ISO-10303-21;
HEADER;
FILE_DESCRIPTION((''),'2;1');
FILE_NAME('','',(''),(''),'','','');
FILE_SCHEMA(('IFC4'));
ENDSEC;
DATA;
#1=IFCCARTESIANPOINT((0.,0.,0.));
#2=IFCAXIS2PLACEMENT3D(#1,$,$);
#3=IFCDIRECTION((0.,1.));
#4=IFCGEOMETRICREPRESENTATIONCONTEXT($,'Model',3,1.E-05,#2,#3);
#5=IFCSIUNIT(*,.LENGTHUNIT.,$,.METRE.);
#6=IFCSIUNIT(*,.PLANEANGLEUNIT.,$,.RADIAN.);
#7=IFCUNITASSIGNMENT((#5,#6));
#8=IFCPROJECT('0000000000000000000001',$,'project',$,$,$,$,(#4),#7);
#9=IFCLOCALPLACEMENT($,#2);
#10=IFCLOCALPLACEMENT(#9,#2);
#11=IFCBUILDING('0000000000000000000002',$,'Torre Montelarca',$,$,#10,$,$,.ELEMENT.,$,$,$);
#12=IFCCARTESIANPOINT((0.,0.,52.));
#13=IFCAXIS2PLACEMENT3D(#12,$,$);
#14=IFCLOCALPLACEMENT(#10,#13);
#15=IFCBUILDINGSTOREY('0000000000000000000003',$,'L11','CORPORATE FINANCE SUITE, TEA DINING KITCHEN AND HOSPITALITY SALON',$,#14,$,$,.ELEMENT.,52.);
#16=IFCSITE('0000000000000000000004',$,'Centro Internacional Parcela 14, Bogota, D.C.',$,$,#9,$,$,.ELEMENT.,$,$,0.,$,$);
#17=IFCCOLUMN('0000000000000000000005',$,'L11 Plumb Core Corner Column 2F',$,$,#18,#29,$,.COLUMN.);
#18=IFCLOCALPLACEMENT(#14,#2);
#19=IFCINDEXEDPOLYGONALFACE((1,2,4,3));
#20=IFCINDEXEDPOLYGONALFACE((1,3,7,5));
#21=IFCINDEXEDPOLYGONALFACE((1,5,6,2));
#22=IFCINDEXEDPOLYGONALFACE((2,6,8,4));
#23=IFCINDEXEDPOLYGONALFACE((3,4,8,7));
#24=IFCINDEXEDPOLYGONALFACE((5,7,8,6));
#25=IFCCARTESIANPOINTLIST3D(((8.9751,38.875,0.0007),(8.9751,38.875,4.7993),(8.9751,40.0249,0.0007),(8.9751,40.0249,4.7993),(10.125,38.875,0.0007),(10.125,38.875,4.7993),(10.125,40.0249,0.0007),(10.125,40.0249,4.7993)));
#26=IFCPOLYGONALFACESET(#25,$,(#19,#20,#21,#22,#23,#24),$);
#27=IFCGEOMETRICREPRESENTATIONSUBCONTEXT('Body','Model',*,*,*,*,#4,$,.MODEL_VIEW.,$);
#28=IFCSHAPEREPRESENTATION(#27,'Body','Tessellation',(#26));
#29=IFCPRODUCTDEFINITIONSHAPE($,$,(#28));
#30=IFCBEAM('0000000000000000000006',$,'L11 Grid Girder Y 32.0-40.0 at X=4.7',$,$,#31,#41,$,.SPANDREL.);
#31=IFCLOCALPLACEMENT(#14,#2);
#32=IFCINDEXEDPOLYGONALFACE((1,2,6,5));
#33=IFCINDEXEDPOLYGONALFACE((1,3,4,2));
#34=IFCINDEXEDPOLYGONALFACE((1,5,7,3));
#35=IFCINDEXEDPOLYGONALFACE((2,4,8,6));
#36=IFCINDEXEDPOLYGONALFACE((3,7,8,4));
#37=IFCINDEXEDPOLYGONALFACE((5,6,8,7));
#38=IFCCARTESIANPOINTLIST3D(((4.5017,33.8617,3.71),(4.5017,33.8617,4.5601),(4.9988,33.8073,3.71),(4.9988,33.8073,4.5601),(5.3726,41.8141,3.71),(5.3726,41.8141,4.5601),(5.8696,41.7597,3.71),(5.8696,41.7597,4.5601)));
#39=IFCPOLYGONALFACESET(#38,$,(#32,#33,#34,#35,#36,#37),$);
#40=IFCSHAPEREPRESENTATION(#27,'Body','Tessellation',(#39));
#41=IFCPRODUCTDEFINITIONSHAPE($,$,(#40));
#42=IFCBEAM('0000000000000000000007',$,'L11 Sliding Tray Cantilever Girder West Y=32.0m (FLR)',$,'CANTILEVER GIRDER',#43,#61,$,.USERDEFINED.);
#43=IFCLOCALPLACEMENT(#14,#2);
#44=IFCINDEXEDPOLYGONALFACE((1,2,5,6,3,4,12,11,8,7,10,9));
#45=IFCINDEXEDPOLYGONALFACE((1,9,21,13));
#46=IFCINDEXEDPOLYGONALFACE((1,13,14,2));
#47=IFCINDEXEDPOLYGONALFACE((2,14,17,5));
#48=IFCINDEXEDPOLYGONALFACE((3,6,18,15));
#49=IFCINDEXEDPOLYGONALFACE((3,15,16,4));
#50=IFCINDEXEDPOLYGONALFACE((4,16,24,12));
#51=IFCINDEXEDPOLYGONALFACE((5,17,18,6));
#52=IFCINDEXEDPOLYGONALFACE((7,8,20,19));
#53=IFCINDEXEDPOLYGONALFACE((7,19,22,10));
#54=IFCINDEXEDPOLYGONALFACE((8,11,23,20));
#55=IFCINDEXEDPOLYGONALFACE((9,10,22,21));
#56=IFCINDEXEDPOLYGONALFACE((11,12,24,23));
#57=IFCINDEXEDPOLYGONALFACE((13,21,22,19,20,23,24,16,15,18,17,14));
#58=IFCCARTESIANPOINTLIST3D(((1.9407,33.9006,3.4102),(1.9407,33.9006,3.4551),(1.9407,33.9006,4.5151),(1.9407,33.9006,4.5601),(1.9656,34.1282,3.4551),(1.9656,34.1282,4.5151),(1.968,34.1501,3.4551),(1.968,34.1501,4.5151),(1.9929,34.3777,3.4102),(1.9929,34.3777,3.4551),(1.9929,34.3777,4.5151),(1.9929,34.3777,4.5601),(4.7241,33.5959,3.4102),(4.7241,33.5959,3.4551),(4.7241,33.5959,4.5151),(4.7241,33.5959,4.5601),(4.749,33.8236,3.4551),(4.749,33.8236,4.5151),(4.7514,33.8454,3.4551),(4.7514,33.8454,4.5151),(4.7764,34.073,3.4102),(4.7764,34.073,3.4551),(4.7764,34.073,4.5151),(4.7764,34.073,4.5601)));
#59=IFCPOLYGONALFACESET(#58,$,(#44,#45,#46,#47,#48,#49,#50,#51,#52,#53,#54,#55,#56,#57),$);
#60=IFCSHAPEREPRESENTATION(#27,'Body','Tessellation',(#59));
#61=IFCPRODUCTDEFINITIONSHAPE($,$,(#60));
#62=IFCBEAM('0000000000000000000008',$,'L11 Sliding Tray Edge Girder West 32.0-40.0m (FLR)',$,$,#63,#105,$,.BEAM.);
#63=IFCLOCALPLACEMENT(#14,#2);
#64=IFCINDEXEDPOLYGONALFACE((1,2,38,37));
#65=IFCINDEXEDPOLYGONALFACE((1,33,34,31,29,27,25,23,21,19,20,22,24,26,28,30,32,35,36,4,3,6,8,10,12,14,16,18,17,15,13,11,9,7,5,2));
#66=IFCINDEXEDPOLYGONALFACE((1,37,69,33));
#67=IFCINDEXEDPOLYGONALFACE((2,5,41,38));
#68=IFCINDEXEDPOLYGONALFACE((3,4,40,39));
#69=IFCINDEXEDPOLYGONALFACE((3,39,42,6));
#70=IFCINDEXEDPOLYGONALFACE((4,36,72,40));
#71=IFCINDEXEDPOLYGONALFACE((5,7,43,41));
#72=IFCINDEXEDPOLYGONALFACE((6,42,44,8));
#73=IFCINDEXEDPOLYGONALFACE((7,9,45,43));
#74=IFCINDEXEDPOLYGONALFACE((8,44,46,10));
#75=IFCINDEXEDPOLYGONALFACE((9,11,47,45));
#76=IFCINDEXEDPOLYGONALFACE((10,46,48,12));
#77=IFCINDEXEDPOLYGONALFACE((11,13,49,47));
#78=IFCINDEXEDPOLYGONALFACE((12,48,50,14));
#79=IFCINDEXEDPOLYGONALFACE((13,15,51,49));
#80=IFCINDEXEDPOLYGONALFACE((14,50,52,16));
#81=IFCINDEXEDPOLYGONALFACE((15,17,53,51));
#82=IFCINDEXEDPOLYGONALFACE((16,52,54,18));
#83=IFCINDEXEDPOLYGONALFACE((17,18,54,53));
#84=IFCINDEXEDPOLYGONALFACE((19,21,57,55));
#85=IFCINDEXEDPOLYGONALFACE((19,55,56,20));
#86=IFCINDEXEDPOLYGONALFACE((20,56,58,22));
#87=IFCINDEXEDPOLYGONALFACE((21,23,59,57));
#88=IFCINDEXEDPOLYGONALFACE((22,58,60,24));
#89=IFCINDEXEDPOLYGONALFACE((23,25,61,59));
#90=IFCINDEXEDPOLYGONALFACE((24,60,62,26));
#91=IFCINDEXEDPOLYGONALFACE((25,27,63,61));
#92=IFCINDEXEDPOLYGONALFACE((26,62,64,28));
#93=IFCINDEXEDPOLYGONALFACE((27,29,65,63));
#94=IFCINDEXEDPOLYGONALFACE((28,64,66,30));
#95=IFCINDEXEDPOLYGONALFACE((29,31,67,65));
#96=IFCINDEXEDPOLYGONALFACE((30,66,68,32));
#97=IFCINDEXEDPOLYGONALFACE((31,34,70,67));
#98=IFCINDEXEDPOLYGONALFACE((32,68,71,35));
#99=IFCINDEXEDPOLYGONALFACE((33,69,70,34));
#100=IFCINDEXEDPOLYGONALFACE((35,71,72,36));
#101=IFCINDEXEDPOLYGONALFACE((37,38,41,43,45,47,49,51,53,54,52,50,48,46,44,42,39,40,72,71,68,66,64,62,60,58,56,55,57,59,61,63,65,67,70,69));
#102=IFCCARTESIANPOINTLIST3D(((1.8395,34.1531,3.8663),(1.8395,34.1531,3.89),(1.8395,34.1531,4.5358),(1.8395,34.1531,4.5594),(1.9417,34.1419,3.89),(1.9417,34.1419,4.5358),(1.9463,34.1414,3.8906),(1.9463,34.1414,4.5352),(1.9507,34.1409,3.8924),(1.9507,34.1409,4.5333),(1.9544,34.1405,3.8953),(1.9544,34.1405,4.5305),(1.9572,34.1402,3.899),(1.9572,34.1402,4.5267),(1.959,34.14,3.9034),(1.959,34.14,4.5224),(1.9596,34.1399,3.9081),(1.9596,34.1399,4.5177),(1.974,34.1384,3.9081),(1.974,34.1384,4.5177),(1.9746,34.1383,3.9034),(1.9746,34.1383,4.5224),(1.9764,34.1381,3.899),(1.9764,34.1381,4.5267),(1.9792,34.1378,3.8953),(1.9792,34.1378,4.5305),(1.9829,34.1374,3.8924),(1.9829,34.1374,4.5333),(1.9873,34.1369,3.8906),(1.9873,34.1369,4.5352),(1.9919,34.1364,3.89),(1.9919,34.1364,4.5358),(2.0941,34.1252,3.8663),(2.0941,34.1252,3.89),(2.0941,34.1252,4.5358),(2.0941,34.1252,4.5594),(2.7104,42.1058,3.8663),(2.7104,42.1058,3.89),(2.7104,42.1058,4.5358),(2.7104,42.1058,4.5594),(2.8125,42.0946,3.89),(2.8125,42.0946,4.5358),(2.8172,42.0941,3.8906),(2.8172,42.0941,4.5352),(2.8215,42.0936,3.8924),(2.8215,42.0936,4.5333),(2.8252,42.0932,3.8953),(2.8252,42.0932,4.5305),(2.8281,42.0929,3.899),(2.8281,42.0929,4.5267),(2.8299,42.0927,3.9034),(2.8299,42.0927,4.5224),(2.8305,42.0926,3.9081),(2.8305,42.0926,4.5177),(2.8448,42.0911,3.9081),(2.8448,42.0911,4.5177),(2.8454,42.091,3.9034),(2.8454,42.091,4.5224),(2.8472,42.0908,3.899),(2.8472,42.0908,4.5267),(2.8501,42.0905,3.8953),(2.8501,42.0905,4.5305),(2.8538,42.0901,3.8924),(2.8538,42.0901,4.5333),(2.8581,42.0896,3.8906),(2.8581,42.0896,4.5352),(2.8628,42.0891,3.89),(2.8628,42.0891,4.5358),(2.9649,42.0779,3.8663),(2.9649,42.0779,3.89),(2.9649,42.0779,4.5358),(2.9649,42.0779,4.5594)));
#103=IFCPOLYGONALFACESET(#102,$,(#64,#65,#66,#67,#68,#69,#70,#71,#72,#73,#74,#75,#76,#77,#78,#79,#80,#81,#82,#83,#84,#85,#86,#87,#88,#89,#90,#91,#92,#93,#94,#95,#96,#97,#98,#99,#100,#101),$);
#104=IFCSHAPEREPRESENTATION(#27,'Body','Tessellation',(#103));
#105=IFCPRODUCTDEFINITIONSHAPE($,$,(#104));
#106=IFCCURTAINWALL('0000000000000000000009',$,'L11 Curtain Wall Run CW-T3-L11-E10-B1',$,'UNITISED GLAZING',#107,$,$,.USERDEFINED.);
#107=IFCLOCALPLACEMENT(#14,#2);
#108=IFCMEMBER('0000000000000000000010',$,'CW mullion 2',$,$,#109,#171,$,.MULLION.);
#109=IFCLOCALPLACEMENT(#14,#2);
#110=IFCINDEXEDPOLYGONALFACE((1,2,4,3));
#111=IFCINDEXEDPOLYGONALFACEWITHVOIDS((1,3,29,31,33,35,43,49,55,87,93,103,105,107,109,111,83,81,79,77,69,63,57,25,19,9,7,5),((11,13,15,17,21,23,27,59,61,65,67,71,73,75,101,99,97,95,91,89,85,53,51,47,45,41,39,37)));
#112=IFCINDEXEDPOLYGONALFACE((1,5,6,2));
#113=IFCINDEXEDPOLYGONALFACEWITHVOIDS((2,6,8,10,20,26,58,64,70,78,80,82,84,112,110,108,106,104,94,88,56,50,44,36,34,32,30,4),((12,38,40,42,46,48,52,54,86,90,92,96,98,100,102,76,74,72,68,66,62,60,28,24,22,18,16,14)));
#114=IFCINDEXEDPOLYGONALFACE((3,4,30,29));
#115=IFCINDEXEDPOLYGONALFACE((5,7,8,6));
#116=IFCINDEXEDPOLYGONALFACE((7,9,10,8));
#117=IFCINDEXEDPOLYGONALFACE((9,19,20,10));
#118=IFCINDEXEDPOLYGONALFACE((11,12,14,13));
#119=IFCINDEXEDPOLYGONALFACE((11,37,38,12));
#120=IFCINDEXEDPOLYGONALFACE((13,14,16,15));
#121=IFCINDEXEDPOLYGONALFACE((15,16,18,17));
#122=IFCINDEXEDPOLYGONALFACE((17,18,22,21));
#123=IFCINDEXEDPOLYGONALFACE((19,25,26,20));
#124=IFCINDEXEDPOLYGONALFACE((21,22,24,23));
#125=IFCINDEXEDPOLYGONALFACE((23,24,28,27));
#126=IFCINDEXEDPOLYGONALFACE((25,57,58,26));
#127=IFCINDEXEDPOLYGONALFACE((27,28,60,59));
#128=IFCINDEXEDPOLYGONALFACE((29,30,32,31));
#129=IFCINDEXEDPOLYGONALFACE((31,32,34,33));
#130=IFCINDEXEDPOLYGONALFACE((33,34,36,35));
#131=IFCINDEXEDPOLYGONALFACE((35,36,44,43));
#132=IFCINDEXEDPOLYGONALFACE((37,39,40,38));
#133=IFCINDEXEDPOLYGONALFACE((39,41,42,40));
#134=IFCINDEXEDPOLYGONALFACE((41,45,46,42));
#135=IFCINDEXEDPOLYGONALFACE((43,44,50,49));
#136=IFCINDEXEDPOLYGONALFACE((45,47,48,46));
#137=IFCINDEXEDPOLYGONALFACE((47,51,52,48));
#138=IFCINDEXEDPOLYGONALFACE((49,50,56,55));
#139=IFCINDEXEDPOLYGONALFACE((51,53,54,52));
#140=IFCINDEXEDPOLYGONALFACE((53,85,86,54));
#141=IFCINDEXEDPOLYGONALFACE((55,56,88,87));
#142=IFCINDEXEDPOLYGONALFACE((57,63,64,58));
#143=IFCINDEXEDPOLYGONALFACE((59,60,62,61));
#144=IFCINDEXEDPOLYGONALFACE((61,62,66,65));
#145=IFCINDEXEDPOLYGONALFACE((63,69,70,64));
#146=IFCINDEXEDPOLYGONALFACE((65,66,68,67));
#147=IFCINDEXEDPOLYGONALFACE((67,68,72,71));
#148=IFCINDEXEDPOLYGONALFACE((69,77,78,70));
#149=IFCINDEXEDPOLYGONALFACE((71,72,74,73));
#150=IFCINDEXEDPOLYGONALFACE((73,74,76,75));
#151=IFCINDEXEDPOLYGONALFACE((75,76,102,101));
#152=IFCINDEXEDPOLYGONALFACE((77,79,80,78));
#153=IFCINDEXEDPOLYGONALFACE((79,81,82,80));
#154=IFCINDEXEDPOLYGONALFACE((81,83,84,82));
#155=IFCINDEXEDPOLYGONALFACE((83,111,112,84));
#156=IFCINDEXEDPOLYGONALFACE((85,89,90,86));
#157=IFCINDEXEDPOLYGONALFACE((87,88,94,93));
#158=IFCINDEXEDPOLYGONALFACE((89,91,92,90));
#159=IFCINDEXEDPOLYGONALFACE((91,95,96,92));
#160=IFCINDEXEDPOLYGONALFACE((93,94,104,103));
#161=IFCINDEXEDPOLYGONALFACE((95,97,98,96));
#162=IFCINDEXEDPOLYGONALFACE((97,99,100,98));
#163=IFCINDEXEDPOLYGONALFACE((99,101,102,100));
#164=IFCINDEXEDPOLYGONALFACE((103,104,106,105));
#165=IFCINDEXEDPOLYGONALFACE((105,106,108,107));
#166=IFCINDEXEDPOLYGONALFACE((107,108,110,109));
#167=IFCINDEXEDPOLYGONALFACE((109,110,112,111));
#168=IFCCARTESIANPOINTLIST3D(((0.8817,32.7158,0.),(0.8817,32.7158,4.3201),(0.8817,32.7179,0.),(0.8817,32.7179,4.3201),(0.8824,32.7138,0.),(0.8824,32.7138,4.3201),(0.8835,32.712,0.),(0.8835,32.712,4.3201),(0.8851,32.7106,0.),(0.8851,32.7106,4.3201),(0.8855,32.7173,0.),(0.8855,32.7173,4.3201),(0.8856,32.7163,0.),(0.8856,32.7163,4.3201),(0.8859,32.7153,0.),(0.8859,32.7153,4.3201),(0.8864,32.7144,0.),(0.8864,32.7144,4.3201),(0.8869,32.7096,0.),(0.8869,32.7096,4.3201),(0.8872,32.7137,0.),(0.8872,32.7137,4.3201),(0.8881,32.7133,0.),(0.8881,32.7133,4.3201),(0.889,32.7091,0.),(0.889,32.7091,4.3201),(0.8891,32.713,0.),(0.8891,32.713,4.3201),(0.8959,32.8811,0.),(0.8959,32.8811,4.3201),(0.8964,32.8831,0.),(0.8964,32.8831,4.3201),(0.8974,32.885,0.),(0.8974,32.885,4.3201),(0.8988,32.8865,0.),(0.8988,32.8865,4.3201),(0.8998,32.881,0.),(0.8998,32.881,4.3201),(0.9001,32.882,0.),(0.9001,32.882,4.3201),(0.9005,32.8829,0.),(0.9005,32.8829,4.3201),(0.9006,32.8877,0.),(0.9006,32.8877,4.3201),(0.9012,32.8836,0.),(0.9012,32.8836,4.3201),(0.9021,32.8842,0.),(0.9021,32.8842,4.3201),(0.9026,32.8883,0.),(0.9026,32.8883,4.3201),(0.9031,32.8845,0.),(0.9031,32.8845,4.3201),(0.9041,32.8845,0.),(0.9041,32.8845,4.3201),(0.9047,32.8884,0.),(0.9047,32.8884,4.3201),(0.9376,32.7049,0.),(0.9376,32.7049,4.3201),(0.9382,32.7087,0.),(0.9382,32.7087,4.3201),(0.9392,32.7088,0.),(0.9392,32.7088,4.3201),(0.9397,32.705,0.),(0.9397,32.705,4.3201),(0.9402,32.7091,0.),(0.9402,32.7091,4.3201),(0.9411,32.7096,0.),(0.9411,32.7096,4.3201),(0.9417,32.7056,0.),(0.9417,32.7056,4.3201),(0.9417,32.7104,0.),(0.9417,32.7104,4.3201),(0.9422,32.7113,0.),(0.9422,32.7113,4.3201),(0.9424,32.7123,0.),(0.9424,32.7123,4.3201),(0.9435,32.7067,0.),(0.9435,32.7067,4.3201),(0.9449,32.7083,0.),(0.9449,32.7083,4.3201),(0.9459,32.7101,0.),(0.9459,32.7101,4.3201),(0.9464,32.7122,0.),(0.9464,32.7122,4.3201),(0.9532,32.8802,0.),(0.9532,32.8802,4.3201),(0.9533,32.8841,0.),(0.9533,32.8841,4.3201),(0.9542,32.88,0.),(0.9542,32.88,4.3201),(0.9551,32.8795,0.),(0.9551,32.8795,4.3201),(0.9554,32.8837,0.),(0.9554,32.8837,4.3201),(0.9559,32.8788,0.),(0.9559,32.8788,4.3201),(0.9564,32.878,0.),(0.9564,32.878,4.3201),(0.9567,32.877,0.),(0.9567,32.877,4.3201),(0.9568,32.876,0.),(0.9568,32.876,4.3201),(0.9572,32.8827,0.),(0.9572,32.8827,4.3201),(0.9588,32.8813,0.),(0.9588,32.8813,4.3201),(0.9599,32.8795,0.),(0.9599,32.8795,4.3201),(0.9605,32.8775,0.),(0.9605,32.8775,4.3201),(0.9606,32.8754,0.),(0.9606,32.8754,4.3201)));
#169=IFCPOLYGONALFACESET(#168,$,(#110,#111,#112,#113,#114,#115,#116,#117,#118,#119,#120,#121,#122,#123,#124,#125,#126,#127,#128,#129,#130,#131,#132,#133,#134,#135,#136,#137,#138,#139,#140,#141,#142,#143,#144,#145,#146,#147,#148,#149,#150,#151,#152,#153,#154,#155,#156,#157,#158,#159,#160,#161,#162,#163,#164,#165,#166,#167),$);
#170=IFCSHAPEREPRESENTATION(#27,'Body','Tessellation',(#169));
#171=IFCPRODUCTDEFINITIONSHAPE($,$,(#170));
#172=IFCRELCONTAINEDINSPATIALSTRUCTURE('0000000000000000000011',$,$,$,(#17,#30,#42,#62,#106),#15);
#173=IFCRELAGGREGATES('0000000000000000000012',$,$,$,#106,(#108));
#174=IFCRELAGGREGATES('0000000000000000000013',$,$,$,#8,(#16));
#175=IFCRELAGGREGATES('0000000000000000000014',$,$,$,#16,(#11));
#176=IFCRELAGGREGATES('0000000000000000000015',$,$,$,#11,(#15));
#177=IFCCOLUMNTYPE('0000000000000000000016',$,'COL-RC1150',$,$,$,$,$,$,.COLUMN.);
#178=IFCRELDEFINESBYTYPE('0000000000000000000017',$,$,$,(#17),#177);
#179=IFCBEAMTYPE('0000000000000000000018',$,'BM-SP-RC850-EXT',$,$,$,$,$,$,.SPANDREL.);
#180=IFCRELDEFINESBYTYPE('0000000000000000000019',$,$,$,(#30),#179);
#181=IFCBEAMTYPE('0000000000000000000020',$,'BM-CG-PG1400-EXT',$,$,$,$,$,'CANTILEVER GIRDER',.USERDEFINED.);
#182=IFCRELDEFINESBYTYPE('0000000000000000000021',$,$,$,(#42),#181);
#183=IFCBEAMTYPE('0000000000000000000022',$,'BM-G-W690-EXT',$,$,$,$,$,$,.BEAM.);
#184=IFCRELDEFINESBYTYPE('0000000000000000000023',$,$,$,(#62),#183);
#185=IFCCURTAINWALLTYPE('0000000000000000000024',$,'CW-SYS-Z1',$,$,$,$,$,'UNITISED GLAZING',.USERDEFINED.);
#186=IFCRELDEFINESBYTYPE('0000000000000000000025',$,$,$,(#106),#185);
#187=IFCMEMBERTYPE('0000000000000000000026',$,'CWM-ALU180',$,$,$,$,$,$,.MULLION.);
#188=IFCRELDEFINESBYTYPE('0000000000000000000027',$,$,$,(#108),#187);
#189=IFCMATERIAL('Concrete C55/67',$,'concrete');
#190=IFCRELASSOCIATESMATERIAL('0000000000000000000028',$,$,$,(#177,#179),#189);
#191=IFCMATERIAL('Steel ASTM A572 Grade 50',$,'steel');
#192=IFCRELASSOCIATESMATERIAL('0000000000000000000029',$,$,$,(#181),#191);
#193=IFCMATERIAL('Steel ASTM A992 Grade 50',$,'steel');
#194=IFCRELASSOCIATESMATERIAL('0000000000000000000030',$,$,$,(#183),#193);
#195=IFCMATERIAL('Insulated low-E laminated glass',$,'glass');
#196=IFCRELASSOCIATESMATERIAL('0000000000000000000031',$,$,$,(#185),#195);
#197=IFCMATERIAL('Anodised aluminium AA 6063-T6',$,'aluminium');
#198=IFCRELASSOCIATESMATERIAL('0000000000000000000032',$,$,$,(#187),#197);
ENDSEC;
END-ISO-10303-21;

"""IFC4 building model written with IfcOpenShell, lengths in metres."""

from ifc_helpers import new_model, si_unit, direction, frame, origin, origin_2d, place, context, subcontext, project, spatial, rectangle, hollow_rectangle, i_section, extrude, source, transform, mapped, material, material_profile, profile_set, type_object, element, aggregate, save


model = new_model("IFC4")

# Units and contexts
model_context = context("Model", 3, precision=1e-05, world=origin(), true_north=direction((0.0, 1.0)))
body_context = subcontext(model_context, "Body", "Model", "MODEL_VIEW")
ifc_project = project(units=[si_unit("LENGTHUNIT", "METRE"), si_unit("PLANEANGLEUNIT", "RADIAN")], contexts=[model_context])

# Site, building, storey
site_placement = place(None, origin())
site = spatial("IfcSite", under=ifc_project, at=site_placement, Name="Centro Internacional Parcela 14, Bogota, D.C.", CompositionType="ELEMENT", RefElevation=0.0)
building_placement = place(site_placement, origin())
building = spatial("IfcBuilding", under=site, at=building_placement, Name="Torre Montelarca", CompositionType="ELEMENT")
storey_placement = place(building_placement, frame((0.0, 0.0, 52.0)))
storey = spatial("IfcBuildingStorey", under=building, at=storey_placement, Name="L11", Description="CORPORATE FINANCE SUITE, TEA DINING KITCHEN AND HOSPITALITY SALON", CompositionType="ELEMENT", Elevation=52.0)

# Column
ifc_material_1 = material(Name="Concrete C55/67", Category="concrete")
ifc_material_profile_1 = material_profile(ifc_material_1, rectangle(XDim=1.1499, YDim=1.1499, at=origin_2d()), Name="RC1150X1150", Category="concrete")
ifc_profile_set_1 = profile_set([ifc_material_profile_1], Name="Concrete C55/67")
column_type_1 = type_object("IfcColumnType", Name="COL-RC1150", PredefinedType="COLUMN", material=ifc_profile_set_1)
shared_shape_1 = source(origin(), body_context, "Body", "SweptSolid", [
    extrude(rectangle(XDim=1.1499, YDim=1.1499, at=origin_2d()), origin(), (0.0, 0.0, 1.0), 4.7986),
])
column_1_placement = place(storey_placement, frame((9.55, 39.45, 0.0007), z_axis=(0.0, 0.0, 1.0), x_axis=(1.0, 0.0, 0.0)))
element("IfcColumn", 1, at=column_1_placement, inside=storey, type_object=column_type_1, Name="L11 Plumb Core Corner Column 2F", PredefinedType="COLUMN", context=body_context, shape_type="MappedRepresentation", body=[
    mapped(shared_shape_1, transform((0.0, 0.0, 0.0), scale=1.0)),
])

# Beams
ifc_material_profile_2 = material_profile(ifc_material_1, rectangle(XDim=0.5, YDim=0.8501, at=origin_2d()), Name="RCB500X850", Category="concrete")
ifc_profile_set_2 = profile_set([ifc_material_profile_2], Name="Concrete C55/67")
beam_type_1 = type_object("IfcBeamType", Name="BM-SP-RC850-EXT", PredefinedType="SPANDREL", material=ifc_profile_set_2)
shared_shape_2 = source(origin(), body_context, "Body", "SweptSolid", [
    extrude(rectangle(XDim=0.5, YDim=0.8501, at=origin_2d()), origin(), (0.0, 0.0, 1.0), 8.0),
])
beam_1_placement = place(storey_placement, frame((4.7502, 33.8345, 4.135), z_axis=(0.108857, 0.994057, 0.0), x_axis=(-0.994057, 0.108857, 0.0)))
element("IfcBeam", 2, at=beam_1_placement, inside=storey, type_object=beam_type_1, Name="L11 Grid Girder Y 32.0-40.0 at X=4.7", PredefinedType="SPANDREL", context=body_context, shape_type="MappedRepresentation", body=[
    mapped(shared_shape_2, transform((0.0, 0.0, 0.0), scale=1.0)),
])
ifc_material_2 = material(Name="Steel ASTM A572 Grade 50", Category="steel")
ifc_material_profile_3 = material_profile(ifc_material_2, i_section(OverallWidth=0.48, OverallDepth=1.1499, WebThickness=0.022, FlangeThickness=0.0449, at=origin_2d()), Name="PG1150X480X22X45", Category="steel")
ifc_profile_set_3 = profile_set([ifc_material_profile_3], Name="Steel ASTM A572 Grade 50")
beam_type_2 = type_object("IfcBeamType", Name="BM-CG-PG1400-EXT", ElementType="CANTILEVER GIRDER", PredefinedType="USERDEFINED", material=ifc_profile_set_3)
shared_shape_3 = source(origin(), body_context, "Body", "SweptSolid", [
    extrude(i_section(OverallWidth=0.48, OverallDepth=1.1499, WebThickness=0.022, FlangeThickness=0.0449, at=origin_2d()), origin(), (0.0, 0.0, 1.0), 2.8),
])
beam_2_placement = place(storey_placement, frame((4.7502, 33.8345, 3.9851), z_axis=(-0.994062, 0.108814, 0.0), x_axis=(-0.108814, -0.994062, 0.0)))
element("IfcBeam", 3, at=beam_2_placement, inside=storey, type_object=beam_type_2, Name="L11 Sliding Tray Cantilever Girder West Y=32.0m (FLR)", ObjectType="CANTILEVER GIRDER", PredefinedType="USERDEFINED", context=body_context, shape_type="MappedRepresentation", body=[
    mapped(shared_shape_3, transform((0.0, 0.0, 0.0), scale=1.0)),
])
ifc_material_3 = material(Name="Steel ASTM A992 Grade 50", Category="steel")
ifc_material_profile_4 = material_profile(ifc_material_3, i_section(OverallWidth=0.2561, OverallDepth=0.6931, WebThickness=0.0144, FlangeThickness=0.0237, FilletRadius=0.0181, at=origin_2d()), Name="W690X170", Category="steel")
ifc_profile_set_4 = profile_set([ifc_material_profile_4], Name="Steel ASTM A992 Grade 50")
beam_type_3 = type_object("IfcBeamType", Name="BM-G-W690-EXT", PredefinedType="BEAM", material=ifc_profile_set_4)
shared_shape_4 = source(origin(), body_context, "Body", "SweptSolid", [
    extrude(i_section(OverallWidth=0.2561, OverallDepth=0.6931, WebThickness=0.0144, FlangeThickness=0.0237, FilletRadius=0.0181, at=origin_2d()), origin(), (0.0, 0.0, 1.0), 8.0002),
])
beam_3_placement = place(storey_placement, frame((1.9668, 34.1392, 4.2129), z_axis=(0.108854, 0.994058, 0.0), x_axis=(-0.994058, 0.108854, 0.0)))
element("IfcBeam", 4, at=beam_3_placement, inside=storey, type_object=beam_type_3, Name="L11 Sliding Tray Edge Girder West 32.0-40.0m (FLR)", PredefinedType="BEAM", context=body_context, shape_type="MappedRepresentation", body=[
    mapped(shared_shape_4, transform((0.0, 0.0, 0.0), scale=1.0)),
])

# Curtain wall, member
ifc_material_4 = material(Name="Insulated low-E laminated glass", Category="glass")
curtain_wall_type = type_object("IfcCurtainWallType", Name="CW-SYS-Z1", ElementType="UNITISED GLAZING", PredefinedType="USERDEFINED", material=ifc_material_4)
curtain_wall_placement = place(storey_placement, origin())
curtain_wall = element("IfcCurtainWall", 5, at=curtain_wall_placement, inside=storey, type_object=curtain_wall_type, Name="L11 Curtain Wall Run CW-T3-L11-E10-B1", ObjectType="UNITISED GLAZING", PredefinedType="USERDEFINED")
ifc_material_5 = material(Name="Anodised aluminium AA 6063-T6", Category="aluminium")
ifc_material_profile_5 = material_profile(ifc_material_5, hollow_rectangle(XDim=0.0649, YDim=0.1799, WallThickness=0.0039, InnerFilletRadius=0.0039, OuterFilletRadius=0.0081, at=origin_2d()), Name="ALU65X180X4", Category="aluminium")
ifc_profile_set_5 = profile_set([ifc_material_profile_5], Name="Anodised aluminium AA 6063-T6")
member_type_1 = type_object("IfcMemberType", Name="CWM-ALU180", PredefinedType="MULLION", material=ifc_profile_set_5)
shared_shape_5 = source(origin(), body_context, "Body", "SweptSolid", [
    extrude(hollow_rectangle(XDim=0.0649, YDim=0.1799, WallThickness=0.0039, InnerFilletRadius=0.0039, OuterFilletRadius=0.0081, at=origin_2d()), origin(), (0.0, 0.0, 1.0), 4.3201),
])
member_1_placement = place(storey_placement, frame((0.9211, 32.7966, 0.0), z_axis=(0.0, 0.0, 1.0), x_axis=(0.996194, -0.087162, 0.0)))
member_1 = element("IfcMember", 6, at=member_1_placement, type_object=member_type_1, Name="CW mullion 2", PredefinedType="MULLION", context=body_context, shape_type="MappedRepresentation", body=[
    mapped(shared_shape_5, transform((0.0, 0.0, 0.0), scale=1.0)),
])
aggregate(curtain_wall, [member_1])

save(model, "model.ifc")
